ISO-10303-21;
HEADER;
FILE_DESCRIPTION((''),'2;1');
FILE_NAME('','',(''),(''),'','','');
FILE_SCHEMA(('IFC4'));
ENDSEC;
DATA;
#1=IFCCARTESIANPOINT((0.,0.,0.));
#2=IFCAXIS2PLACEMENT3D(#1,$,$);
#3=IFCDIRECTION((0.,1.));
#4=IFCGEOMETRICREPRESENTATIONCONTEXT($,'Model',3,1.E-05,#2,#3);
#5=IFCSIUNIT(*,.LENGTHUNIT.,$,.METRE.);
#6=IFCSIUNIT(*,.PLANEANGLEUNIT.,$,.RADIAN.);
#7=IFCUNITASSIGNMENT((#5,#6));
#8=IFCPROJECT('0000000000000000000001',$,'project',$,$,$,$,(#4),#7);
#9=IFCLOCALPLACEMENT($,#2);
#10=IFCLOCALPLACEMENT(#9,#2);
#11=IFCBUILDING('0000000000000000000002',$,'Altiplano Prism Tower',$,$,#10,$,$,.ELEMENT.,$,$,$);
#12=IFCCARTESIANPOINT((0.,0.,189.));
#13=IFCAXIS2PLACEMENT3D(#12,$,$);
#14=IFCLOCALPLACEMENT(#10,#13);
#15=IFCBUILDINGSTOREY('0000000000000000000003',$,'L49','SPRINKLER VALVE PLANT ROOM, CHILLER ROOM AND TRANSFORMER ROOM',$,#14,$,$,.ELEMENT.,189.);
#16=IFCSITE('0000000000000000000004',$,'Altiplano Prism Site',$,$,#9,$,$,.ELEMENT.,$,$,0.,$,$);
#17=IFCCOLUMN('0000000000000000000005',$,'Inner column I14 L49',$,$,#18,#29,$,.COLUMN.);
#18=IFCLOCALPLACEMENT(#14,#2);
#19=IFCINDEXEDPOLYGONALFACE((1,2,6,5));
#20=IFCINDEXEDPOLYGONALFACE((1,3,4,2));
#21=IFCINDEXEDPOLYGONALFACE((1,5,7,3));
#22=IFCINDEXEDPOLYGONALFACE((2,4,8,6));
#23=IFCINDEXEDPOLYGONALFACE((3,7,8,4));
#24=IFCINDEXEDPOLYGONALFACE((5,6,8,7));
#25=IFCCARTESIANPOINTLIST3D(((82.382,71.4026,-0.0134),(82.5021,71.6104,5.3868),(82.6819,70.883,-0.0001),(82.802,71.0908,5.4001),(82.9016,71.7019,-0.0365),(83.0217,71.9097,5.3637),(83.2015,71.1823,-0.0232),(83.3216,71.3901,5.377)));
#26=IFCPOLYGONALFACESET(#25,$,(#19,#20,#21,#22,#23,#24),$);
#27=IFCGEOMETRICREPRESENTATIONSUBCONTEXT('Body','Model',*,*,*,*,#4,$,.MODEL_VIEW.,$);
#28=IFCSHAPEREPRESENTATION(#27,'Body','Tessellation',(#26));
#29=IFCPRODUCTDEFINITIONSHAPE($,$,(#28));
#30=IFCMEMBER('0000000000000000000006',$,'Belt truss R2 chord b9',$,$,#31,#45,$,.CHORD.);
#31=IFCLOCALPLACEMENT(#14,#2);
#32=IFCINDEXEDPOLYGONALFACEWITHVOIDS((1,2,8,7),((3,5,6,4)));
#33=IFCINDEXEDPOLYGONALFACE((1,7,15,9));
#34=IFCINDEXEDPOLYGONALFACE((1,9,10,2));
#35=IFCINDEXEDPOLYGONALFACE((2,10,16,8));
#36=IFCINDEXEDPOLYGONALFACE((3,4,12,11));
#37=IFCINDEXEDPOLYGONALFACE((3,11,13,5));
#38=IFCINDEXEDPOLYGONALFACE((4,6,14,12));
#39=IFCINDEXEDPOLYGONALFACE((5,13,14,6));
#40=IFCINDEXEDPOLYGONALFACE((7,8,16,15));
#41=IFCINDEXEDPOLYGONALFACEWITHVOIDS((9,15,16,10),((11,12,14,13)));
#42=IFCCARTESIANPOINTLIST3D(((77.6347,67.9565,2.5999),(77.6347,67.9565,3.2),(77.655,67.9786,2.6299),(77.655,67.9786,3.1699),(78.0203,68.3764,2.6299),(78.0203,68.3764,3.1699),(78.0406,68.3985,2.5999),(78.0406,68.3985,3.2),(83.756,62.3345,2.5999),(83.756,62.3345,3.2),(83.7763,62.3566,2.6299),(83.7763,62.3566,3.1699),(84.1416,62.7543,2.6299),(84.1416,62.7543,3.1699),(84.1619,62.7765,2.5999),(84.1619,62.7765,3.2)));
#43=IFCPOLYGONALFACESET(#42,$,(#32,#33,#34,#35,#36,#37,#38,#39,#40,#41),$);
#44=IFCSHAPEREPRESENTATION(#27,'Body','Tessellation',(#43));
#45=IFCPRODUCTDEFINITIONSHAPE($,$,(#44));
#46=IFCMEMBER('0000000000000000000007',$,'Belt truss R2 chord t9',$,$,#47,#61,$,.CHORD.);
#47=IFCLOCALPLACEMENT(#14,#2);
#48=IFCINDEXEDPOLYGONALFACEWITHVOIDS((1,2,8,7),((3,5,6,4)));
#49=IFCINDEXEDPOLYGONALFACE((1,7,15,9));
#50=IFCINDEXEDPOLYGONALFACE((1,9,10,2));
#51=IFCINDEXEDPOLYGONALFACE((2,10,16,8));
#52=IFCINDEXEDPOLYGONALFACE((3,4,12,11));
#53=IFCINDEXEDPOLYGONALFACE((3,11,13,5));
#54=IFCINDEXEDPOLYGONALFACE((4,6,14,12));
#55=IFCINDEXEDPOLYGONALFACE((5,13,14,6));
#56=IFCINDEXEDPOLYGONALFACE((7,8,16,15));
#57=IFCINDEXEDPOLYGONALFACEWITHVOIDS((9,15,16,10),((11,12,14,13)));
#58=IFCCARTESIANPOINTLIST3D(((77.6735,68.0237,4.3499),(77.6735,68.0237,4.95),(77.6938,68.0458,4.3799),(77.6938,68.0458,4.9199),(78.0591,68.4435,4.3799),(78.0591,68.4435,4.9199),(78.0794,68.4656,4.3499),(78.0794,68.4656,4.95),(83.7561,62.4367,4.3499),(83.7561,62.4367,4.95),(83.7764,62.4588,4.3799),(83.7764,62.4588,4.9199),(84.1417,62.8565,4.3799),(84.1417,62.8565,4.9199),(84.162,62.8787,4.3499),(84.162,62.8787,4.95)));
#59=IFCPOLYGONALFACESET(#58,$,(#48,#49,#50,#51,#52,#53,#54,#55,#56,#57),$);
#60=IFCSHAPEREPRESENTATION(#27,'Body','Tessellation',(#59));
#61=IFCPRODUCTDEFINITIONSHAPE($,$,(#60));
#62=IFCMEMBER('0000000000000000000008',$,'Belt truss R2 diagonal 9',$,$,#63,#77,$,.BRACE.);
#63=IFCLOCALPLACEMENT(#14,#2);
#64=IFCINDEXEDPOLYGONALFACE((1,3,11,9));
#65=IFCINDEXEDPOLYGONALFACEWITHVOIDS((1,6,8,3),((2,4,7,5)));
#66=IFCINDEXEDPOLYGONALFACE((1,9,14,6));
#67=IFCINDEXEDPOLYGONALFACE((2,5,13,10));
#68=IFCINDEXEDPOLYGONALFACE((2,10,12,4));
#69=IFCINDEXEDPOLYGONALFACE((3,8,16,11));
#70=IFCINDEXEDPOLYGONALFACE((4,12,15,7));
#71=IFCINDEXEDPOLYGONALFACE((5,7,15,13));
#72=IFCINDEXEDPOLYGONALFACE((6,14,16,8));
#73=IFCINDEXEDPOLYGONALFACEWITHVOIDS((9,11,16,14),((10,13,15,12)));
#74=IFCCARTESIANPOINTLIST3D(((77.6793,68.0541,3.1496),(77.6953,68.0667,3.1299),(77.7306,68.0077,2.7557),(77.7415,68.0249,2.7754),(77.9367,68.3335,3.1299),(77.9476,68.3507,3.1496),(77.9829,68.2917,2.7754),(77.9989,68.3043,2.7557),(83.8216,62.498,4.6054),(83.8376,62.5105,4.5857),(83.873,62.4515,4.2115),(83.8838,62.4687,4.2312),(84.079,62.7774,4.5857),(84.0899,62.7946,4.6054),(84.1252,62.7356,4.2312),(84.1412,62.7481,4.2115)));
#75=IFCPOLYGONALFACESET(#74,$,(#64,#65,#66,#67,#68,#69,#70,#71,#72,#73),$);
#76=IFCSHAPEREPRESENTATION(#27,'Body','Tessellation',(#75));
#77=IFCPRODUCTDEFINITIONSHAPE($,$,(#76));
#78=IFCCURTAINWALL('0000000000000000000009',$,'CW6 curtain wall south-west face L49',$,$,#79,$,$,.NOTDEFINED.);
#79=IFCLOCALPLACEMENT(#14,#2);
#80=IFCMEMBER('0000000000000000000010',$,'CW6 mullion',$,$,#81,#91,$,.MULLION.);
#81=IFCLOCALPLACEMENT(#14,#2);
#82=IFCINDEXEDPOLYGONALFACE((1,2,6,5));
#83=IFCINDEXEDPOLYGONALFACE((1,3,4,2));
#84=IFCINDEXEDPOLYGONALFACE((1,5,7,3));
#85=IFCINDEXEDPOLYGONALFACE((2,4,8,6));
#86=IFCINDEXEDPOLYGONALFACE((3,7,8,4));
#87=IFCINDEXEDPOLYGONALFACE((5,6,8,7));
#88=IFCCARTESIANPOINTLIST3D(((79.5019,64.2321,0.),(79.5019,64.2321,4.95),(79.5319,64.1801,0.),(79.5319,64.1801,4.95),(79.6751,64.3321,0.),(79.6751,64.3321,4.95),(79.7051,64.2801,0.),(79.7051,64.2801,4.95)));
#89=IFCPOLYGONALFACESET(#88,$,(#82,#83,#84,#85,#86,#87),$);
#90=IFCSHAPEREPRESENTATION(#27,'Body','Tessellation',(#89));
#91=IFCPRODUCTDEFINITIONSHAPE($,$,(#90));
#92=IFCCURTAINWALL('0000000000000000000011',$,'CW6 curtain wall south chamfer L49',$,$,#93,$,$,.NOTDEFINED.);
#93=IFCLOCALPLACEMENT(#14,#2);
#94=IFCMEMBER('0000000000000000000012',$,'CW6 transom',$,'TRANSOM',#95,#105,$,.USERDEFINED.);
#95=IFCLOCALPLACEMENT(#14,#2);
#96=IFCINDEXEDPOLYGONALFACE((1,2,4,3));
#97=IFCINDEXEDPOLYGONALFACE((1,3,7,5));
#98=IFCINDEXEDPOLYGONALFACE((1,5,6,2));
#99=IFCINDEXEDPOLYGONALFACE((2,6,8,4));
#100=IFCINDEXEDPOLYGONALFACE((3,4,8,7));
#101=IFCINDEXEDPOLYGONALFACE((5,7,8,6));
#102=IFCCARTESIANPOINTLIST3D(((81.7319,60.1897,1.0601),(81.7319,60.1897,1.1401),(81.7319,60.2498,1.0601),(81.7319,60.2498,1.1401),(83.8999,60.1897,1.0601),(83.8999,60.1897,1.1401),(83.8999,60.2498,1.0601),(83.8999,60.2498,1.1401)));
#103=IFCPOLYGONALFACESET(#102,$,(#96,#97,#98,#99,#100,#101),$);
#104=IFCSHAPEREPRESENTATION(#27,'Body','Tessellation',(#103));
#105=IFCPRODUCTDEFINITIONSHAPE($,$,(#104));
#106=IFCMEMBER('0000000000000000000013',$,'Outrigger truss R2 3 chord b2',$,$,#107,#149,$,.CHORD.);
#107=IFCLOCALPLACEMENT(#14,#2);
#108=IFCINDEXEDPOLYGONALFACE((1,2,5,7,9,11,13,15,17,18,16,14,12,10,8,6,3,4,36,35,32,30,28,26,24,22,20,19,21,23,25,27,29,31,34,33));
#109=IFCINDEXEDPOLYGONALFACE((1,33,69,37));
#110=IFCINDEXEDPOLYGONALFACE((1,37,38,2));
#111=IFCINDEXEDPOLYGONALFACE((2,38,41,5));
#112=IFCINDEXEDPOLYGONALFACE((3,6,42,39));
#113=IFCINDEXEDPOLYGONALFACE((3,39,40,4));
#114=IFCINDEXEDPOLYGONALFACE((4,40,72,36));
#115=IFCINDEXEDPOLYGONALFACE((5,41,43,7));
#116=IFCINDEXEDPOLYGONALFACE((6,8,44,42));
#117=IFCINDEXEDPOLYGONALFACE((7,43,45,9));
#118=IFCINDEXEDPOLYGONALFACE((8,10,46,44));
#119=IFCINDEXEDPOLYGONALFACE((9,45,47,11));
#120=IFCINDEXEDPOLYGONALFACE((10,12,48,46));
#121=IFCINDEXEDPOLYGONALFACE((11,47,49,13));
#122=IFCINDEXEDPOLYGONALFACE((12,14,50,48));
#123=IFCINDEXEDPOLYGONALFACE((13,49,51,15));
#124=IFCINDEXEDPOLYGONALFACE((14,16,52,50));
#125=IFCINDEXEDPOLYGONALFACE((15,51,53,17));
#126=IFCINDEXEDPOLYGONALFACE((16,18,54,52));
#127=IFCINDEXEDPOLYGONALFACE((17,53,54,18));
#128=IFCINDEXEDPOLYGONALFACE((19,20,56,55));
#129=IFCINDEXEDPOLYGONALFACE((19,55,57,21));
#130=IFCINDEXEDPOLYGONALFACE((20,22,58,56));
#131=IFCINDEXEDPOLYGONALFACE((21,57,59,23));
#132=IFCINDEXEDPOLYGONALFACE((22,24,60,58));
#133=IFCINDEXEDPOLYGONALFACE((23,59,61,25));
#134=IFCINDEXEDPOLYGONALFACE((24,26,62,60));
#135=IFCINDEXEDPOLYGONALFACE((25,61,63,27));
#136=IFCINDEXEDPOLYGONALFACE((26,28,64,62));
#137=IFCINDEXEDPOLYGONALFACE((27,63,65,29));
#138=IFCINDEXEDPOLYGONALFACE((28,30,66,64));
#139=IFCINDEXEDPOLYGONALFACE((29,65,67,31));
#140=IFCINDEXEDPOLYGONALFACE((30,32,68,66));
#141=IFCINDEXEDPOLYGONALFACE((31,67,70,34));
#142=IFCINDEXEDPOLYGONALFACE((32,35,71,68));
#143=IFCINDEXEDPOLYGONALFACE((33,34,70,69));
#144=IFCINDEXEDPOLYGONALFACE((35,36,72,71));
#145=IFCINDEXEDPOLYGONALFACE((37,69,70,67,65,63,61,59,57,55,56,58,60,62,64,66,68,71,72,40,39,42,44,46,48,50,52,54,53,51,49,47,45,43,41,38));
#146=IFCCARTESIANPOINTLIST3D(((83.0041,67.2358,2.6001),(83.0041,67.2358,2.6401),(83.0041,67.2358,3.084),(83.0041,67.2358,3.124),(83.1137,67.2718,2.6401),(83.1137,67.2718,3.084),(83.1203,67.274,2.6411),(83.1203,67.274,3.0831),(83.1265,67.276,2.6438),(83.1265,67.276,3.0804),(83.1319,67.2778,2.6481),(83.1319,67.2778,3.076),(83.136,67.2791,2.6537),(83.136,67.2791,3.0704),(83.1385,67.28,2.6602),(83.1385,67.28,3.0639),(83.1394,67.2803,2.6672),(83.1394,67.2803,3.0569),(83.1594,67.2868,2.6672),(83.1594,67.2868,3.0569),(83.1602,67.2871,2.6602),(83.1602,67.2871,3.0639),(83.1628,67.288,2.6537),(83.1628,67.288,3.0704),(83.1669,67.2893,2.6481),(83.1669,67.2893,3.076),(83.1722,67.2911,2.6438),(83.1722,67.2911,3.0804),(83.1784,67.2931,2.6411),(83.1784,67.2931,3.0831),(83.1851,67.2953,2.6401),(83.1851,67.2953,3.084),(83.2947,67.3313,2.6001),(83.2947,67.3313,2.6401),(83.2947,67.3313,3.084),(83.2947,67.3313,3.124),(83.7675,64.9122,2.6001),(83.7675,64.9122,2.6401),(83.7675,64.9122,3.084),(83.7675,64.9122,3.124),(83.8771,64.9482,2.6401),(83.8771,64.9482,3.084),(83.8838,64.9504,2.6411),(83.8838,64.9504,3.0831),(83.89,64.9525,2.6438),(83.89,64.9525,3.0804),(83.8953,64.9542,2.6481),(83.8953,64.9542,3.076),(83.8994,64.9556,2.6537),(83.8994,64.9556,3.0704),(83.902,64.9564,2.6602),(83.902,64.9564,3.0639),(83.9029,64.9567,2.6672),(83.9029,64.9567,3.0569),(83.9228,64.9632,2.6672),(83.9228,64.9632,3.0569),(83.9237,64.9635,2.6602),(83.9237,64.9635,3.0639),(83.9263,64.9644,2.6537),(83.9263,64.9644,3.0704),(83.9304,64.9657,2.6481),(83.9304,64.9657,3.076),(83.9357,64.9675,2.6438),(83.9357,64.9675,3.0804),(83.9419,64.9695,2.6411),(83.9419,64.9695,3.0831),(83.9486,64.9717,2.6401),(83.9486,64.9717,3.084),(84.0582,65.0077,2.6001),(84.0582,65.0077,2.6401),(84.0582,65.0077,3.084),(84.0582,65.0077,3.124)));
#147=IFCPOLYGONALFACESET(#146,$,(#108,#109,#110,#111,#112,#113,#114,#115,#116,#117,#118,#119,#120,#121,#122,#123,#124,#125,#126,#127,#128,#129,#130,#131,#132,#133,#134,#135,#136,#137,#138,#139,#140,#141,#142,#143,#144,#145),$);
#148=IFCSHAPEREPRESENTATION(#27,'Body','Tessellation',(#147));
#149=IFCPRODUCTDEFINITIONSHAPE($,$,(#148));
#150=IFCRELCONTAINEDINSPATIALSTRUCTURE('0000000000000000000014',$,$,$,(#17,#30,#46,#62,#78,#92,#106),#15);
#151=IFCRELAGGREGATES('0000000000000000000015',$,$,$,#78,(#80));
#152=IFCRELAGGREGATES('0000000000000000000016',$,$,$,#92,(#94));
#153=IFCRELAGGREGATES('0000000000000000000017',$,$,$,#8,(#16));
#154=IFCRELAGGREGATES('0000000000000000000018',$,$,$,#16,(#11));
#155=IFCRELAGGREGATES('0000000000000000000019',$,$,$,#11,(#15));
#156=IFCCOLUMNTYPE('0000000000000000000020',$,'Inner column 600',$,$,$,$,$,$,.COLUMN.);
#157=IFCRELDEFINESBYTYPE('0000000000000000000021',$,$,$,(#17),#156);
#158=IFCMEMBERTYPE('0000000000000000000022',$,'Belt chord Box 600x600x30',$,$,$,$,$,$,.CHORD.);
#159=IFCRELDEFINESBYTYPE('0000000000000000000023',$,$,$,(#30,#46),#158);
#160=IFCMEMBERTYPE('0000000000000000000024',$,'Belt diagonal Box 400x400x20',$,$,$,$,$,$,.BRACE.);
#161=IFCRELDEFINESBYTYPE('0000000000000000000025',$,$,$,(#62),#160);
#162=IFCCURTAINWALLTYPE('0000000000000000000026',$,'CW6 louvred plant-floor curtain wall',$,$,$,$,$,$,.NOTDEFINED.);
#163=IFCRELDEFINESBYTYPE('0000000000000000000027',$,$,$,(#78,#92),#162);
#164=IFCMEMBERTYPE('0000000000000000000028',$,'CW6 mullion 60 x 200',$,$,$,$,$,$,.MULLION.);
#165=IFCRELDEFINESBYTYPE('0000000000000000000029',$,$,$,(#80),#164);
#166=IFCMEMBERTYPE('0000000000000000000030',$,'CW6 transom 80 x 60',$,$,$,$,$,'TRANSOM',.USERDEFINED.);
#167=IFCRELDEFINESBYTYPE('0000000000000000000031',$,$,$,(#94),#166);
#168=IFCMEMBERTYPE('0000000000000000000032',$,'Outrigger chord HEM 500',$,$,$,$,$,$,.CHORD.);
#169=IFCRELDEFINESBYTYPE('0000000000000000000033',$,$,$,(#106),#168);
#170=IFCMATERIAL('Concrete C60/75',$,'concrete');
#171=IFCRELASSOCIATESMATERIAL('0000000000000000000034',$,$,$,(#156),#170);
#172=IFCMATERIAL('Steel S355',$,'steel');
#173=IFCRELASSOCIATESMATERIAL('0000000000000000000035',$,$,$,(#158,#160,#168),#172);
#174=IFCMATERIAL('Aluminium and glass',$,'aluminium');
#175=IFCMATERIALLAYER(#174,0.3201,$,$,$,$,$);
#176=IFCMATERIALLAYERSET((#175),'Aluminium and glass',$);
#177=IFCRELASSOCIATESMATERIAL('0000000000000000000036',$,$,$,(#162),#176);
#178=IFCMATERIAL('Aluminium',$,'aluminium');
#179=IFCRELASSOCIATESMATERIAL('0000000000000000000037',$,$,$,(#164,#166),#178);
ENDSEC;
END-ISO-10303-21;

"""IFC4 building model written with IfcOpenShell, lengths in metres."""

from ifc_helpers import new_model, si_unit, direction, frame, origin, origin_2d, place, context, subcontext, project, spatial, rectangle, hollow_rectangle, i_section, extrude, material, layer, layer_set, material_profile, profile_set, type_object, element, aggregate, save


model = new_model("IFC4")

# Units and contexts
model_context = context("Model", 3, precision=1e-05, world=origin(), true_north=direction((0.0, 1.0)))
body_context = subcontext(model_context, "Body", "Model", "MODEL_VIEW")
ifc_project = project(units=[si_unit("LENGTHUNIT", "METRE"), si_unit("PLANEANGLEUNIT", "RADIAN")], contexts=[model_context])

# Site, building, storey
site_placement = place(None, origin())
site = spatial("IfcSite", under=ifc_project, at=site_placement, Name="Altiplano Prism Site", CompositionType="ELEMENT", RefElevation=0.0)
building_placement = place(site_placement, origin())
building = spatial("IfcBuilding", under=site, at=building_placement, Name="Altiplano Prism Tower", CompositionType="ELEMENT")
storey_placement = place(building_placement, frame((0.0, 0.0, 189.0)))
storey = spatial("IfcBuildingStorey", under=building, at=storey_placement, Name="L49", Description="SPRINKLER VALVE PLANT ROOM, CHILLER ROOM AND TRANSFORMER ROOM", CompositionType="ELEMENT", Elevation=189.0)

# Column
ifc_material_1 = material(Name="Concrete C60/75", Category="concrete")
ifc_material_profile_1 = material_profile(ifc_material_1, rectangle(XDim=0.6001, YDim=0.6001, at=origin_2d()), Name="Inner column 600")
ifc_profile_set_1 = profile_set([ifc_material_profile_1], Name="Concrete C60/75")
column_type = type_object("IfcColumnType", Name="Inner column 600", PredefinedType="COLUMN", material=ifc_profile_set_1)
column_placement = place(storey_placement, frame((82.7917, 71.2925, -0.0183), z_axis=(0.022221, 0.038436, 0.999014), x_axis=(-0.865896, -0.498745, 0.038449)))
element("IfcColumn", 1, at=column_placement, inside=storey, type_object=column_type, Name="Inner column I14 L49", PredefinedType="COLUMN", context=body_context, shape_type="SweptSolid", body=[
    extrude(rectangle(XDim=0.6001, YDim=0.6001, at=origin_2d()), origin(), (0.0, 0.0, 1.0), 5.4055),
])

# Members
ifc_material_2 = material(Name="Steel S355", Category="steel")
ifc_material_profile_2 = material_profile(ifc_material_2, hollow_rectangle(XDim=0.6001, YDim=0.6001, WallThickness=0.03, at=origin_2d()), Name="Belt chord Box 600x600x30")
ifc_profile_set_2 = profile_set([ifc_material_profile_2], Name="Steel S355")
member_type_1 = type_object("IfcMemberType", Name="Belt chord Box 600x600x30", PredefinedType="CHORD", material=ifc_profile_set_2)
member_1_placement = place(storey_placement, frame((77.8376, 68.1775, 2.8999), z_axis=(0.736504, -0.676433, 0.0), x_axis=(0.676433, 0.736504, 0.0)))
element("IfcMember", 2, at=member_1_placement, inside=storey, type_object=member_type_1, Name="Belt truss R2 chord b9", PredefinedType="CHORD", context=body_context, shape_type="SweptSolid", body=[
    extrude(hollow_rectangle(XDim=0.6001, YDim=0.6001, WallThickness=0.03, at=origin_2d()), origin(), (0.0, 0.0, 1.0), 8.3113),
])
member_2_placement = place(storey_placement, frame((77.8765, 68.2446, 4.6499), z_axis=(0.736474, -0.676466, 0.0), x_axis=(0.676466, 0.736474, 0.0)))
element("IfcMember", 3, at=member_2_placement, inside=storey, type_object=member_type_1, Name="Belt truss R2 chord t9", PredefinedType="CHORD", context=body_context, shape_type="SweptSolid", body=[
    extrude(hollow_rectangle(XDim=0.6001, YDim=0.6001, WallThickness=0.03, at=origin_2d()), origin(), (0.0, 0.0, 1.0), 8.259),
])
ifc_material_profile_3 = material_profile(ifc_material_2, hollow_rectangle(XDim=0.3999, YDim=0.3999, WallThickness=0.02, at=origin_2d()), Name="Belt diagonal Box 400x400x20")
ifc_profile_set_3 = profile_set([ifc_material_profile_3], Name="Steel S355")
member_type_2 = type_object("IfcMemberType", Name="Belt diagonal Box 400x400x20", PredefinedType="BRACE", material=ifc_profile_set_3)
member_3_placement = place(storey_placement, frame((77.8391, 68.1792, 2.9526), z_axis=(0.73041, -0.660705, 0.173116), x_axis=(0.670834, 0.741608, 0.0)))
element("IfcMember", 4, at=member_3_placement, inside=storey, type_object=member_type_2, Name="Belt truss R2 diagonal 9", PredefinedType="BRACE", context=body_context, shape_type="SweptSolid", body=[
    extrude(hollow_rectangle(XDim=0.3999, YDim=0.3999, WallThickness=0.02, at=origin_2d()), origin(), (0.0, 0.0, 1.0), 8.4094),
])

# Curtain walls, members
ifc_material_3 = material(Name="Aluminium and glass", Category="aluminium")
ifc_layer_1 = layer(ifc_material_3, 0.3201)
ifc_layer_set_1 = layer_set([ifc_layer_1], Name="Aluminium and glass")
curtain_wall_type = type_object("IfcCurtainWallType", Name="CW6 louvred plant-floor curtain wall", PredefinedType="NOTDEFINED", material=ifc_layer_set_1)
curtain_wall_1_placement = place(storey_placement, origin())
curtain_wall_1 = element("IfcCurtainWall", 5, at=curtain_wall_1_placement, inside=storey, type_object=curtain_wall_type, Name="CW6 curtain wall south-west face L49", PredefinedType="NOTDEFINED")
ifc_material_4 = material(Name="Aluminium", Category="aluminium")
ifc_material_profile_4 = material_profile(ifc_material_4, rectangle(XDim=0.2, YDim=0.0601, at=origin_2d()), Name="CW6 mullion 60 x 200")
ifc_profile_set_4 = profile_set([ifc_material_profile_4], Name="Aluminium")
member_type_3 = type_object("IfcMemberType", Name="CW6 mullion 60 x 200", PredefinedType="MULLION", material=ifc_profile_set_4)
member_4_placement = place(storey_placement, frame((79.6035, 64.2561, 0.0), z_axis=(0.0, 0.0, 1.0), x_axis=(0.866025, 0.5, 0.0)))
member_4 = element("IfcMember", 6, at=member_4_placement, type_object=member_type_3, Name="CW6 mullion", PredefinedType="MULLION", context=body_context, shape_type="SweptSolid", body=[
    extrude(rectangle(XDim=0.2, YDim=0.0601, at=origin_2d()), origin(), (0.0, 0.0, 1.0), 4.95),
])
curtain_wall_2_placement = place(storey_placement, origin())
curtain_wall_2 = element("IfcCurtainWall", 7, at=curtain_wall_2_placement, inside=storey, type_object=curtain_wall_type, Name="CW6 curtain wall south chamfer L49", PredefinedType="NOTDEFINED")
ifc_material_profile_5 = material_profile(ifc_material_4, rectangle(XDim=0.0601, YDim=0.0801, at=origin_2d()), Name="CW6 transom 80 x 60")
ifc_profile_set_5 = profile_set([ifc_material_profile_5], Name="Aluminium")
member_type_4 = type_object("IfcMemberType", Name="CW6 transom 80 x 60", ElementType="TRANSOM", PredefinedType="USERDEFINED", material=ifc_profile_set_5)
member_5_placement = place(storey_placement, frame((81.7319, 60.2197, 1.1001), z_axis=(1.0, 0.0, 0.0), x_axis=(0.0, 1.0, 0.0)))
member_5 = element("IfcMember", 8, at=member_5_placement, type_object=member_type_4, Name="CW6 transom", ObjectType="TRANSOM", PredefinedType="USERDEFINED", context=body_context, shape_type="SweptSolid", body=[
    extrude(rectangle(XDim=0.0601, YDim=0.0801, at=origin_2d()), origin(), (0.0, 0.0, 1.0), 2.168),
])

# Member
ifc_material_profile_6 = material_profile(ifc_material_2, i_section(OverallWidth=0.3059, OverallDepth=0.5239, WebThickness=0.021, FlangeThickness=0.04, FilletRadius=0.0271, at=origin_2d()), Name="Outrigger chord HEM 500")
ifc_profile_set_6 = profile_set([ifc_material_profile_6], Name="Steel S355")
member_type_5 = type_object("IfcMemberType", Name="Outrigger chord HEM 500", PredefinedType="CHORD", material=ifc_profile_set_6)
for number, where, z_axis, x_axis, name in (
    (9, (83.9128, 64.96, 2.8621), (-0.312152, 0.950032, 0.0), (-0.950032, -0.312152, 0.0), "Outrigger truss R2 3 chord b2"),
):
    element("IfcMember", number, at=place(storey_placement, frame(where, z_axis=z_axis, x_axis=x_axis)), inside=storey, type_object=member_type_5, Name=name, PredefinedType="CHORD", context=body_context, shape_type="SweptSolid", body=[
        extrude(i_section(OverallWidth=0.3059, OverallDepth=0.5239, WebThickness=0.021, FlangeThickness=0.04, FilletRadius=0.0271, at=origin_2d()), origin(), (0.0, 0.0, 1.0), 2.4458),
    ])

aggregate(curtain_wall_1, [member_4])
aggregate(curtain_wall_2, [member_5])

save(model, "model.ifc")
